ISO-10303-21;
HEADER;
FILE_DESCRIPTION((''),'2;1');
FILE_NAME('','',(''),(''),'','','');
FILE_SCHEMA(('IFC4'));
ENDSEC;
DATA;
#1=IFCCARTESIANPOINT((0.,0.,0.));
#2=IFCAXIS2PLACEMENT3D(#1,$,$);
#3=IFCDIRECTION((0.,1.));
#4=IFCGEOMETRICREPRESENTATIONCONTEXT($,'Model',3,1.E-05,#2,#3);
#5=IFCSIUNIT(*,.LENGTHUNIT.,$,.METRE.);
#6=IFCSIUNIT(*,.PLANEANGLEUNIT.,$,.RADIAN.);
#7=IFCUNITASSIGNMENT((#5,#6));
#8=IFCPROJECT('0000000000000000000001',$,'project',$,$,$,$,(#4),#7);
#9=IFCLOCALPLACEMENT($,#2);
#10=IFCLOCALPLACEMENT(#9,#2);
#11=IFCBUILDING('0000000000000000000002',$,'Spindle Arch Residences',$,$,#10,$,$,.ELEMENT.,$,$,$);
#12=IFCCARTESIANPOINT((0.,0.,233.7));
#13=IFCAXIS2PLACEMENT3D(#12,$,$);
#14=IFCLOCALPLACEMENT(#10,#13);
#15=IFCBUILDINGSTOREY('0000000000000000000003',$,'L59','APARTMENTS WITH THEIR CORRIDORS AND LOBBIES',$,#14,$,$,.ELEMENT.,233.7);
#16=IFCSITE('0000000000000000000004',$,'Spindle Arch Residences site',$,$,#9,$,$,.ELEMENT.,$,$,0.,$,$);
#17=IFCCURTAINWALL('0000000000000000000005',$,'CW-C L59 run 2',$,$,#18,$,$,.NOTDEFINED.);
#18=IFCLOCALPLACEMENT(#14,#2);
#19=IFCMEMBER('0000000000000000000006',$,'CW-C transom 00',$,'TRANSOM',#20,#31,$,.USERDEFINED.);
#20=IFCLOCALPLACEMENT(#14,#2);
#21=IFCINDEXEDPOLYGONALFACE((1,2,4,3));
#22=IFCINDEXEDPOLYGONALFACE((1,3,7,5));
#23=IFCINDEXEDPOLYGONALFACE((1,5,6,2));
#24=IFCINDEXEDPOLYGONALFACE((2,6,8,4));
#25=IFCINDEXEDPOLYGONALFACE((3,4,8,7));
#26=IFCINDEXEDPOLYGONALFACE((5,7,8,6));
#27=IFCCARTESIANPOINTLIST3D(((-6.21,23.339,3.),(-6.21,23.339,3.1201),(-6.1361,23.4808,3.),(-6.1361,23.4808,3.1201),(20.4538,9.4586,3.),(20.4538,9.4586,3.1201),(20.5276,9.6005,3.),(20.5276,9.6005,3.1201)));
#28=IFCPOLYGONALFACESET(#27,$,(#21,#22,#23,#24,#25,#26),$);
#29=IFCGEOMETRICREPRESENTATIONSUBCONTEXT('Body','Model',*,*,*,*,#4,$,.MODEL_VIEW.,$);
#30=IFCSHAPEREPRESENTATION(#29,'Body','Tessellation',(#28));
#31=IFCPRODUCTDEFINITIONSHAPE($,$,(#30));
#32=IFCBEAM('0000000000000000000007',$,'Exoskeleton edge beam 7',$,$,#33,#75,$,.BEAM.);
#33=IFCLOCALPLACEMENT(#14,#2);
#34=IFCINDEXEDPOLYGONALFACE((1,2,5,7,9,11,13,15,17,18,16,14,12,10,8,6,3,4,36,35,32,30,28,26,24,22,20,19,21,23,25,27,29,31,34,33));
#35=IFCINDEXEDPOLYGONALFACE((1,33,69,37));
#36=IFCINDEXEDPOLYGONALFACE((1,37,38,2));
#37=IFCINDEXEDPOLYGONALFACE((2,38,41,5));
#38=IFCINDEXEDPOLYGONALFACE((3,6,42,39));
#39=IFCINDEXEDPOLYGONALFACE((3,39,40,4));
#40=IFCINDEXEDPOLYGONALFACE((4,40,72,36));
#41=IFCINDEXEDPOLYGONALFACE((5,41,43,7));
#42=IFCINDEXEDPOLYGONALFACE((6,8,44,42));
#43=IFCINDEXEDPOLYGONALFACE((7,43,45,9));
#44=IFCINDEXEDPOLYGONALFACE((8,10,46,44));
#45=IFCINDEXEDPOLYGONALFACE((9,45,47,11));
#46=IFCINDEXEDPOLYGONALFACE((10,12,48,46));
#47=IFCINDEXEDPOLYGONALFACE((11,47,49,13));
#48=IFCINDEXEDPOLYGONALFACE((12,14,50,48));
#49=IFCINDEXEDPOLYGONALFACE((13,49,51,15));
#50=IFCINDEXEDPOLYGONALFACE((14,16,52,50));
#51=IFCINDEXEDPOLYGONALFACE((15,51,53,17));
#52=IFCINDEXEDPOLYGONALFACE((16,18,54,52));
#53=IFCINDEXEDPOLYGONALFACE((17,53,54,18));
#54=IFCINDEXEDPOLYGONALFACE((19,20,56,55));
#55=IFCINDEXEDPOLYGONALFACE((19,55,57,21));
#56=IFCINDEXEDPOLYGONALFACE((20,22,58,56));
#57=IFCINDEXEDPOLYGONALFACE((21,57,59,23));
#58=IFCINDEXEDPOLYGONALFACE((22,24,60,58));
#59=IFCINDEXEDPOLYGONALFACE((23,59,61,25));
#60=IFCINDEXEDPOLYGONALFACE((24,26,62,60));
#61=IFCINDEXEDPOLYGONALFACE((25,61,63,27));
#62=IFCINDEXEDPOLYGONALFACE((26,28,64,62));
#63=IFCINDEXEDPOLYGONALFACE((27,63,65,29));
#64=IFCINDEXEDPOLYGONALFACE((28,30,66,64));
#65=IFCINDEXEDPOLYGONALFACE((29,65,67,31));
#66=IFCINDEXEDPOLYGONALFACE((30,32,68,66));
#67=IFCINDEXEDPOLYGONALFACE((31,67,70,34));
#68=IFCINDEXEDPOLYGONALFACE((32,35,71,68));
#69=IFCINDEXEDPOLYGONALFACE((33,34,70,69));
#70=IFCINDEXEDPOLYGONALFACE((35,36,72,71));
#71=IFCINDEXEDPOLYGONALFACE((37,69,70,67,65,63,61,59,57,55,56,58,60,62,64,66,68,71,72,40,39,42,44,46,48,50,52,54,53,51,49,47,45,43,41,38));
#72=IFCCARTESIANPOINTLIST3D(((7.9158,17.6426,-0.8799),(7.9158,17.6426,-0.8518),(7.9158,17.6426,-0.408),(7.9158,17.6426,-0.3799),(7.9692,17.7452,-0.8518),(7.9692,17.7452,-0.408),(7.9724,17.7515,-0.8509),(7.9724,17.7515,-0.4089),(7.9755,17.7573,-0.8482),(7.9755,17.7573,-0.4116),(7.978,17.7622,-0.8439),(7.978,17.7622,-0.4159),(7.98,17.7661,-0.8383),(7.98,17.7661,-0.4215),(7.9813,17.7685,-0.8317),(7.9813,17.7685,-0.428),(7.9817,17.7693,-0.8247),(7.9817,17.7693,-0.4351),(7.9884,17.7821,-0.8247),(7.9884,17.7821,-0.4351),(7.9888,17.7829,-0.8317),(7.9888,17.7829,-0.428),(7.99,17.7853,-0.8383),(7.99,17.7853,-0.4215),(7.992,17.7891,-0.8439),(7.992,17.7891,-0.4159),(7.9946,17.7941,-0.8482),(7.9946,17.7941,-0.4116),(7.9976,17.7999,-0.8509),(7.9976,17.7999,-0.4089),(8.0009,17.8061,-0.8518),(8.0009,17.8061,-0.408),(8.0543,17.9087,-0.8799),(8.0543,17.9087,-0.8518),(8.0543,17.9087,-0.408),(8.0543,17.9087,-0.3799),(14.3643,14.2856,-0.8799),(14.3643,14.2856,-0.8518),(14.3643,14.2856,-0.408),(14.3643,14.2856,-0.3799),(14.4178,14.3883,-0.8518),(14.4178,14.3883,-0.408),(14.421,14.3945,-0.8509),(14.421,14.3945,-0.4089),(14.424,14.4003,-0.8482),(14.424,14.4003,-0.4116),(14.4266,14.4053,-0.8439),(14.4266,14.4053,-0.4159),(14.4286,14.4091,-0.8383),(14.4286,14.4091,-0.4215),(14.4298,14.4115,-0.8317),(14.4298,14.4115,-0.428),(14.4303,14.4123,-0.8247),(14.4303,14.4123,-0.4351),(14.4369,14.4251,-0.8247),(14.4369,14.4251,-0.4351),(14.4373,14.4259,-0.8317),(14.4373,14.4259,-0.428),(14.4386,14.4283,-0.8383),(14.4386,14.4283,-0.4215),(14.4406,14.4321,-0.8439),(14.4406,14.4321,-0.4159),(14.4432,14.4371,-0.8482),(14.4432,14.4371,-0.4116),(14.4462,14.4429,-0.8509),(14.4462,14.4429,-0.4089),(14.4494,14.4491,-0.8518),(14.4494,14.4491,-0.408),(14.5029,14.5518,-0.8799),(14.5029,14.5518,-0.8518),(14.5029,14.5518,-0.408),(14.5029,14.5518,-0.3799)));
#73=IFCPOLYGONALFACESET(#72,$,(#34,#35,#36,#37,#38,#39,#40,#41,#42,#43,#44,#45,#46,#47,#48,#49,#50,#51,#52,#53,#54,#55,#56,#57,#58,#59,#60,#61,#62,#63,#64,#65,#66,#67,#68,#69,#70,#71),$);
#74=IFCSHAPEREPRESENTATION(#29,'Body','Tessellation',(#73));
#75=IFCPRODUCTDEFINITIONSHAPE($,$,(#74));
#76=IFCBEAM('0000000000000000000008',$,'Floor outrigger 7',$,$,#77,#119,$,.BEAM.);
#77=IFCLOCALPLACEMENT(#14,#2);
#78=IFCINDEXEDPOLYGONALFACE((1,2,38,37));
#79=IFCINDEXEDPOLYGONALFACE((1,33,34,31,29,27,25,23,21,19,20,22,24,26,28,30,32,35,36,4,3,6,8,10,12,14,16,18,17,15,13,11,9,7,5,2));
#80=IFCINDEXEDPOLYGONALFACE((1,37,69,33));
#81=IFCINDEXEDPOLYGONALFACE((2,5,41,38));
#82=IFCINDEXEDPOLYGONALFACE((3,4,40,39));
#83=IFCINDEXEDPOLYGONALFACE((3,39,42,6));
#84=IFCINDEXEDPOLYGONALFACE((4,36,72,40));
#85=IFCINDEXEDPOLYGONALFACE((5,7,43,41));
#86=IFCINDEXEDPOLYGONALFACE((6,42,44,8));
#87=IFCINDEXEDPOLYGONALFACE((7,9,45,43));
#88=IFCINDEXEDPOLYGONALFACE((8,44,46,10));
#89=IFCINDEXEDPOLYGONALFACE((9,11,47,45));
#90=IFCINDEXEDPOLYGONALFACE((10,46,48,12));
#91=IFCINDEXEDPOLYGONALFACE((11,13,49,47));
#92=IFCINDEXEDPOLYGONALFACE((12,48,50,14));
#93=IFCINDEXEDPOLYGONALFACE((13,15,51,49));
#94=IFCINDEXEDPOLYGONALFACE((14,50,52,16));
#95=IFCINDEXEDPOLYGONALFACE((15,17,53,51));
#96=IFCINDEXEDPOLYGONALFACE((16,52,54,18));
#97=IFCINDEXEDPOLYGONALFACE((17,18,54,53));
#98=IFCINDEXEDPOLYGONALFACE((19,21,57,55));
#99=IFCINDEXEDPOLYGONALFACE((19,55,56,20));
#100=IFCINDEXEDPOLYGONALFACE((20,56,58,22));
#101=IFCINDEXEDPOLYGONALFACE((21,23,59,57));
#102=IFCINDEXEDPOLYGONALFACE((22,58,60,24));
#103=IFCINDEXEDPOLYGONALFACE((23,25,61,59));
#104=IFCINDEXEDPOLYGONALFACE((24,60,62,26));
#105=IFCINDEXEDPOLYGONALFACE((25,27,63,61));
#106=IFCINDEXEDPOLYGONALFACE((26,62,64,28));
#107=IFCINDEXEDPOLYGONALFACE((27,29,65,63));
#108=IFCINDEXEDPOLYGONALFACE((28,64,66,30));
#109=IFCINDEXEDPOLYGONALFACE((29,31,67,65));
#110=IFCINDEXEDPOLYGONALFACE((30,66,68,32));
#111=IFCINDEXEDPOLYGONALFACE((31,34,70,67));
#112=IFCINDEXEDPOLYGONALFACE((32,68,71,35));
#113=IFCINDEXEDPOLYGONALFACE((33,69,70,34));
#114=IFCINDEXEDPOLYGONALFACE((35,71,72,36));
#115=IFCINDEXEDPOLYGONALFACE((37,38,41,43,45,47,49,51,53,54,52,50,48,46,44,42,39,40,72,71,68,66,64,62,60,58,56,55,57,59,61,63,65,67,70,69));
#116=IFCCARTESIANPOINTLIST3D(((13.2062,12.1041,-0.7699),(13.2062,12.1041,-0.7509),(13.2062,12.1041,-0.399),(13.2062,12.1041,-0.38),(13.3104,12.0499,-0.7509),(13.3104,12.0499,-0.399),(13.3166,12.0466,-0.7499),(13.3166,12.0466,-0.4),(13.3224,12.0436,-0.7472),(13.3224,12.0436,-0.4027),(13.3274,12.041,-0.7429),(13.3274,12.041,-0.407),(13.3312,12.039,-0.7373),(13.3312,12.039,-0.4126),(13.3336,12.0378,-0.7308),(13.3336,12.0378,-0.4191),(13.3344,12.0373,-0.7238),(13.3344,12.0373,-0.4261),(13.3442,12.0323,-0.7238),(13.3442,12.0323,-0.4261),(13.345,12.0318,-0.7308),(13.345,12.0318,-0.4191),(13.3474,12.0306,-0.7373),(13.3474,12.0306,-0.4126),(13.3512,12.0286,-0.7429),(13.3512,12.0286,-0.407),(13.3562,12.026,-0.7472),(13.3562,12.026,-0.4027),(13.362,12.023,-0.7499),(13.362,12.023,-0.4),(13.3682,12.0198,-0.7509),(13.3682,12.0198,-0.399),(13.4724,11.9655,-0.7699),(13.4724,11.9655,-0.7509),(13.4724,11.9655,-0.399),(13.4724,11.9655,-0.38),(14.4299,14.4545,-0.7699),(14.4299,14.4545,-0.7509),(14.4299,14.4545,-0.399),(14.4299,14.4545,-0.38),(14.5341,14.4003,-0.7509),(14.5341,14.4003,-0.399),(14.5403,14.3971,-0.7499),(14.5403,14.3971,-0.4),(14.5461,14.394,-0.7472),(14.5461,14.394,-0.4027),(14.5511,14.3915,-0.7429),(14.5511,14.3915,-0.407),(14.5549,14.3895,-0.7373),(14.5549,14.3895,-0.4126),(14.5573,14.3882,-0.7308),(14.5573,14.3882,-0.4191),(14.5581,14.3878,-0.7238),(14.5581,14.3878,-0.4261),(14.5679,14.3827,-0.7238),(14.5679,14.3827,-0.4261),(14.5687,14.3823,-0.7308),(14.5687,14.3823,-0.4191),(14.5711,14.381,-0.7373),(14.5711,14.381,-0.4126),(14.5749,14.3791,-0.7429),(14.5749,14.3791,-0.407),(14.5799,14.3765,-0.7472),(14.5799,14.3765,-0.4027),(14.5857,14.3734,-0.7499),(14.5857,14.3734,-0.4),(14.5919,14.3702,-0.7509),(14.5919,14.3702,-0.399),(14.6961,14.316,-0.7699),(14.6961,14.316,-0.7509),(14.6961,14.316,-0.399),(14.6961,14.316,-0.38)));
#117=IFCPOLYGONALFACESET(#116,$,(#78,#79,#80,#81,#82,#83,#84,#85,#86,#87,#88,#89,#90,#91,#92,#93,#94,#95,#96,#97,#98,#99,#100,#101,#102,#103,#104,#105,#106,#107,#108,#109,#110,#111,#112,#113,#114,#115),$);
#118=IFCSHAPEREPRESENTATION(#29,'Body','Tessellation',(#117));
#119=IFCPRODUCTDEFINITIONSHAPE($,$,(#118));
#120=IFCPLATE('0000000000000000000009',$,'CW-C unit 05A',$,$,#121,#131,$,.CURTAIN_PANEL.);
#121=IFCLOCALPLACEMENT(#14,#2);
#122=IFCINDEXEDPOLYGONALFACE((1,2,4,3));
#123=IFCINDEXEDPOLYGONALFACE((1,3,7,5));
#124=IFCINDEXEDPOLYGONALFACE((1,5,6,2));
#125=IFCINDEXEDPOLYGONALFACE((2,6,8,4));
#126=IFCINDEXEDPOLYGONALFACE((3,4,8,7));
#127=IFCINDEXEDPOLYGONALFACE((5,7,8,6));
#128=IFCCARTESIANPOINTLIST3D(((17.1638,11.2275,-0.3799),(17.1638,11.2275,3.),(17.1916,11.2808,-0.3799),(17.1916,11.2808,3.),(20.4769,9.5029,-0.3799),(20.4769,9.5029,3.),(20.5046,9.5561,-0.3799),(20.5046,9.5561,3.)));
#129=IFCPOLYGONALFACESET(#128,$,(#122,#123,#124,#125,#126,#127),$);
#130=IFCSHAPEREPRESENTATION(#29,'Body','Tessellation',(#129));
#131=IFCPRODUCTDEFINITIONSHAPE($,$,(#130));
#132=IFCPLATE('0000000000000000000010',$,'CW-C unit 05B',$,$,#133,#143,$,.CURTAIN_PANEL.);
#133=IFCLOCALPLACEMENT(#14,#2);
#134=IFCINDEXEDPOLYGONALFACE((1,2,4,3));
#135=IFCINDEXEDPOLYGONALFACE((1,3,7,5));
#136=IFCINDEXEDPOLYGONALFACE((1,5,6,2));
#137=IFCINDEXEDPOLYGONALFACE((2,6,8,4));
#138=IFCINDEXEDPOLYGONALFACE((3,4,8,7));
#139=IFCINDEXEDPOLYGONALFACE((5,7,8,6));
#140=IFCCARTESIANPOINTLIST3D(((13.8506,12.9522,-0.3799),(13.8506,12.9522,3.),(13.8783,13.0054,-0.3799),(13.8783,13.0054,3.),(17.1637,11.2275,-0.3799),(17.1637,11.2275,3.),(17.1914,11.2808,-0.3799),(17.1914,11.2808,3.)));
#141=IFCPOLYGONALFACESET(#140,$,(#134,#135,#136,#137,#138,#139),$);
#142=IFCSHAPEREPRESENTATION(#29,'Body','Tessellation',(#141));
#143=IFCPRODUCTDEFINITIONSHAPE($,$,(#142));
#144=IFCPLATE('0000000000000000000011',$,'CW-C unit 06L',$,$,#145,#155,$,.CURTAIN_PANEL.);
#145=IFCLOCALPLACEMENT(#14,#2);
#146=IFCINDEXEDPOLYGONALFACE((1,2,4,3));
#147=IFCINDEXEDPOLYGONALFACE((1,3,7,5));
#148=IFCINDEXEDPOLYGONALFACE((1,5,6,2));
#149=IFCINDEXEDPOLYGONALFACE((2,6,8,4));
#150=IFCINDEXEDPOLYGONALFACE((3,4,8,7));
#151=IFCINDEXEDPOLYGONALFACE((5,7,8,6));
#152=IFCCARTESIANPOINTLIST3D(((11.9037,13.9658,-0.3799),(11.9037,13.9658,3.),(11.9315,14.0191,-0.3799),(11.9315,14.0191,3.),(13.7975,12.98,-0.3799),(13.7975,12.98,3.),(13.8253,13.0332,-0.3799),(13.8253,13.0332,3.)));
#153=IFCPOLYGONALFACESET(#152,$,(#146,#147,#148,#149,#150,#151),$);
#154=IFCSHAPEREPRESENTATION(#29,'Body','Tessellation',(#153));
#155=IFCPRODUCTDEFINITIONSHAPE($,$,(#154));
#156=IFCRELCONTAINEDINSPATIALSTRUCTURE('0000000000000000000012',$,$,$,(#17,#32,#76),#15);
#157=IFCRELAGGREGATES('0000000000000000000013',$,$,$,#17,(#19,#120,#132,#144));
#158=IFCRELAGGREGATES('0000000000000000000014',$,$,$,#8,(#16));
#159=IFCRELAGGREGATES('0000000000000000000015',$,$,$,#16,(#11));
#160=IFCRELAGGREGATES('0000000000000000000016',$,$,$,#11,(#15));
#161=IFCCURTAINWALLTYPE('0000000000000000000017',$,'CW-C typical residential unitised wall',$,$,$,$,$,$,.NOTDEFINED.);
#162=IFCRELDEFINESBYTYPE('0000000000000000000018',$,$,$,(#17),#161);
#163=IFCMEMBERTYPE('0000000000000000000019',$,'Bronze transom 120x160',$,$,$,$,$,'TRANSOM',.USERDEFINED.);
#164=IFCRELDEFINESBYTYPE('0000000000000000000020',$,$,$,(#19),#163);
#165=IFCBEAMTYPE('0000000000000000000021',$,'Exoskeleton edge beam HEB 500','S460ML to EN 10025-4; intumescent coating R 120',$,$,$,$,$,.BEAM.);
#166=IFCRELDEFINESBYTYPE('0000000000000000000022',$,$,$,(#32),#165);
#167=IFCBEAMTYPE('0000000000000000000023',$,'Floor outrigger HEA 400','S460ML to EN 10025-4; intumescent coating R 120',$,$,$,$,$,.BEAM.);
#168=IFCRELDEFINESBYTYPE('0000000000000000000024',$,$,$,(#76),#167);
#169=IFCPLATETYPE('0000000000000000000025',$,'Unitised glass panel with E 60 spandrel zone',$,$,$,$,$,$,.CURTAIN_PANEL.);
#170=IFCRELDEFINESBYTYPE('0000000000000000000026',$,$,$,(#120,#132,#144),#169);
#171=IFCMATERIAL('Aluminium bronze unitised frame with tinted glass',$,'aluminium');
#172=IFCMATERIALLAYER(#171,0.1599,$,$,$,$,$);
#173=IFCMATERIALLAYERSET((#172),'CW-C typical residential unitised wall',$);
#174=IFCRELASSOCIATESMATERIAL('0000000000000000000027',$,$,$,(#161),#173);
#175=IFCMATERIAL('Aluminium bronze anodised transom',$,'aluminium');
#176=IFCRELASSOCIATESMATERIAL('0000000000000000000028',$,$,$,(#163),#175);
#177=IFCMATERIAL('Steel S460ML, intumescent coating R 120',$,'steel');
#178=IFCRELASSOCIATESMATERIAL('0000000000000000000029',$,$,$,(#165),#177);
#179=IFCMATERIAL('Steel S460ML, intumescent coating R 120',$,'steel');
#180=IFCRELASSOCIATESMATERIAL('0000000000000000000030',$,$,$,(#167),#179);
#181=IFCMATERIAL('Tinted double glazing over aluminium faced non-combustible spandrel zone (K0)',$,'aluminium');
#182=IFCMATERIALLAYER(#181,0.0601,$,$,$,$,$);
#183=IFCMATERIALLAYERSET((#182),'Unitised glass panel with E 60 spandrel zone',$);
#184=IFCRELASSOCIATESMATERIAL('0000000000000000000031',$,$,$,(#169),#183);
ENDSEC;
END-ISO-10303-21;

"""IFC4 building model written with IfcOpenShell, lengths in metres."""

from ifc_helpers import new_model, si_unit, direction, frame, origin, origin_2d, place, context, subcontext, project, spatial, rectangle, i_section, extrude, material, layer, layer_set, material_profile, profile_set, type_object, element, aggregate, save


model = new_model("IFC4")

# Units and contexts
model_context = context("Model", 3, precision=1e-05, world=origin(), true_north=direction((0.0, 1.0)))
body_context = subcontext(model_context, "Body", "Model", "MODEL_VIEW")
ifc_project = project(units=[si_unit("LENGTHUNIT", "METRE"), si_unit("PLANEANGLEUNIT", "RADIAN")], contexts=[model_context])

# Site, building, storey
site_placement = place(None, origin())
site = spatial("IfcSite", under=ifc_project, at=site_placement, Name="Spindle Arch Residences site", CompositionType="ELEMENT", RefElevation=0.0)
building_placement = place(site_placement, origin())
building = spatial("IfcBuilding", under=site, at=building_placement, Name="Spindle Arch Residences", CompositionType="ELEMENT")
storey_placement = place(building_placement, frame((0.0, 0.0, 233.7)))
storey = spatial("IfcBuildingStorey", under=building, at=storey_placement, Name="L59", Description="APARTMENTS WITH THEIR CORRIDORS AND LOBBIES", CompositionType="ELEMENT", Elevation=233.7)

# Curtain wall, member
ifc_material_1 = material(Name="Aluminium bronze unitised frame with tinted glass", Category="aluminium")
ifc_layer_1 = layer(ifc_material_1, 0.1599)
ifc_layer_set_1 = layer_set([ifc_layer_1], Name="CW-C typical residential unitised wall")
curtain_wall_type = type_object("IfcCurtainWallType", Name="CW-C typical residential unitised wall", PredefinedType="NOTDEFINED", material=ifc_layer_set_1)
curtain_wall_placement = place(storey_placement, origin())
curtain_wall = element("IfcCurtainWall", 1, at=curtain_wall_placement, inside=storey, type_object=curtain_wall_type, Name="CW-C L59 run 2", PredefinedType="NOTDEFINED")
ifc_material_2 = material(Name="Aluminium bronze anodised transom", Category="aluminium")
ifc_material_profile_1 = material_profile(ifc_material_2, rectangle(XDim=0.1599, YDim=0.1201, at=origin_2d()), Name="TR 120x160")
ifc_profile_set_1 = profile_set([ifc_material_profile_1], Name="Aluminium bronze anodised transom")
member_type_1 = type_object("IfcMemberType", Name="Bronze transom 120x160", ElementType="TRANSOM", PredefinedType="USERDEFINED", material=ifc_profile_set_1)
member_1_placement = place(storey_placement, frame((20.4907, 9.5295, 3.0601), z_axis=(-0.88701, 0.46175, 0.0), x_axis=(-0.46175, -0.88701, 0.0)))
member_1 = element("IfcMember", 2, at=member_1_placement, type_object=member_type_1, Name="CW-C transom 00", ObjectType="TRANSOM", PredefinedType="USERDEFINED", context=body_context, shape_type="SweptSolid", body=[
    extrude(rectangle(XDim=0.1599, YDim=0.1201, at=origin_2d()), origin(), (0.0, 0.0, 1.0), 30.0603),
])

# Beams
ifc_material_3 = material(Name="Steel S460ML, intumescent coating R 120", Category="steel")
ifc_material_profile_2 = material_profile(ifc_material_3, i_section(OverallWidth=0.3, OverallDepth=0.5, WebThickness=0.0144, FlangeThickness=0.0281, FilletRadius=0.0271, at=origin_2d()), Name="HEB 500")
ifc_profile_set_2 = profile_set([ifc_material_profile_2], Name="Steel S460ML, intumescent coating R 120")
beam_type_1 = type_object("IfcBeamType", Name="Exoskeleton edge beam HEB 500", Description="S460ML to EN 10025-4; intumescent coating R 120", PredefinedType="BEAM", material=ifc_profile_set_2)
beam_1_placement = place(storey_placement, frame((14.4336, 14.4187, -0.6299), z_axis=(-0.887007, 0.461756, 0.0), x_axis=(-0.461756, -0.887007, 0.0)))
element("IfcBeam", 3, at=beam_1_placement, inside=storey, type_object=beam_type_1, Name="Exoskeleton edge beam 7", PredefinedType="BEAM", context=body_context, shape_type="SweptSolid", body=[
    extrude(i_section(OverallWidth=0.3, OverallDepth=0.5, WebThickness=0.0144, FlangeThickness=0.0281, FilletRadius=0.0271, at=origin_2d()), origin(), (0.0, 0.0, 1.0), 7.27),
])
ifc_material_4 = material(Name="Steel S460ML, intumescent coating R 120", Category="steel")
ifc_material_profile_3 = material_profile(ifc_material_4, i_section(OverallWidth=0.3, OverallDepth=0.3899, WebThickness=0.011, FlangeThickness=0.019, FilletRadius=0.0271, at=origin_2d()), Name="HEA 400")
ifc_profile_set_3 = profile_set([ifc_material_profile_3], Name="Steel S460ML, intumescent coating R 120")
beam_type_2 = type_object("IfcBeamType", Name="Floor outrigger HEA 400", Description="S460ML to EN 10025-4; intumescent coating R 120", PredefinedType="BEAM", material=ifc_profile_set_3)
beam_2_placement = place(storey_placement, frame((14.563, 14.3853, -0.575), z_axis=(-0.461785, -0.886992, 0.0), x_axis=(0.886992, -0.461785, 0.0)))
element("IfcBeam", 4, at=beam_2_placement, inside=storey, type_object=beam_type_2, Name="Floor outrigger 7", PredefinedType="BEAM", context=body_context, shape_type="SweptSolid", body=[
    extrude(i_section(OverallWidth=0.3, OverallDepth=0.3899, WebThickness=0.011, FlangeThickness=0.019, FilletRadius=0.0271, at=origin_2d()), origin(), (0.0, 0.0, 1.0), 2.6499),
])

# Plates
ifc_material_5 = material(Name="Tinted double glazing over aluminium faced non-combustible spandrel zone (K0)", Category="aluminium")
ifc_layer_2 = layer(ifc_material_5, 0.0601)
ifc_layer_set_2 = layer_set([ifc_layer_2], Name="Unitised glass panel with E 60 spandrel zone")
plate_type = type_object("IfcPlateType", Name="Unitised glass panel with E 60 spandrel zone", PredefinedType="CURTAIN_PANEL", material=ifc_layer_set_2)
plate_1_placement = place(storey_placement, frame((18.8342, 10.3918, -0.3799), z_axis=(0.0, 0.0, 1.0), x_axis=(-0.887011, 0.461749, 0.0)))
plate_1 = element("IfcPlate", 5, at=plate_1_placement, type_object=plate_type, Name="CW-C unit 05A", PredefinedType="CURTAIN_PANEL", context=body_context, shape_type="SweptSolid", body=[
    extrude(rectangle(XDim=3.7351, YDim=0.0601, at=origin_2d()), origin(), (0.0, 0.0, 1.0), 3.3799),
])
plate_2_placement = place(storey_placement, frame((15.521, 12.1165, -0.3799), z_axis=(0.0, 0.0, 1.0), x_axis=(-0.887011, 0.461749, 0.0)))
plate_2 = element("IfcPlate", 6, at=plate_2_placement, type_object=plate_type, Name="CW-C unit 05B", PredefinedType="CURTAIN_PANEL", context=body_context, shape_type="SweptSolid", body=[
    extrude(rectangle(XDim=3.7351, YDim=0.0601, at=origin_2d()), origin(), (0.0, 0.0, 1.0), 3.3799),
])
plate_3_placement = place(storey_placement, frame((12.8645, 13.4995, -0.3799), z_axis=(0.0, 0.0, 1.0), x_axis=(-0.887011, 0.461749, 0.0)))
plate_3 = element("IfcPlate", 7, at=plate_3_placement, type_object=plate_type, Name="CW-C unit 06L", PredefinedType="CURTAIN_PANEL", context=body_context, shape_type="SweptSolid", body=[
    extrude(rectangle(XDim=2.135, YDim=0.0601, at=origin_2d()), origin(), (0.0, 0.0, 1.0), 3.3799),
])
aggregate(curtain_wall, [member_1, plate_1, plate_2, plate_3])

save(model, "model.ifc")
